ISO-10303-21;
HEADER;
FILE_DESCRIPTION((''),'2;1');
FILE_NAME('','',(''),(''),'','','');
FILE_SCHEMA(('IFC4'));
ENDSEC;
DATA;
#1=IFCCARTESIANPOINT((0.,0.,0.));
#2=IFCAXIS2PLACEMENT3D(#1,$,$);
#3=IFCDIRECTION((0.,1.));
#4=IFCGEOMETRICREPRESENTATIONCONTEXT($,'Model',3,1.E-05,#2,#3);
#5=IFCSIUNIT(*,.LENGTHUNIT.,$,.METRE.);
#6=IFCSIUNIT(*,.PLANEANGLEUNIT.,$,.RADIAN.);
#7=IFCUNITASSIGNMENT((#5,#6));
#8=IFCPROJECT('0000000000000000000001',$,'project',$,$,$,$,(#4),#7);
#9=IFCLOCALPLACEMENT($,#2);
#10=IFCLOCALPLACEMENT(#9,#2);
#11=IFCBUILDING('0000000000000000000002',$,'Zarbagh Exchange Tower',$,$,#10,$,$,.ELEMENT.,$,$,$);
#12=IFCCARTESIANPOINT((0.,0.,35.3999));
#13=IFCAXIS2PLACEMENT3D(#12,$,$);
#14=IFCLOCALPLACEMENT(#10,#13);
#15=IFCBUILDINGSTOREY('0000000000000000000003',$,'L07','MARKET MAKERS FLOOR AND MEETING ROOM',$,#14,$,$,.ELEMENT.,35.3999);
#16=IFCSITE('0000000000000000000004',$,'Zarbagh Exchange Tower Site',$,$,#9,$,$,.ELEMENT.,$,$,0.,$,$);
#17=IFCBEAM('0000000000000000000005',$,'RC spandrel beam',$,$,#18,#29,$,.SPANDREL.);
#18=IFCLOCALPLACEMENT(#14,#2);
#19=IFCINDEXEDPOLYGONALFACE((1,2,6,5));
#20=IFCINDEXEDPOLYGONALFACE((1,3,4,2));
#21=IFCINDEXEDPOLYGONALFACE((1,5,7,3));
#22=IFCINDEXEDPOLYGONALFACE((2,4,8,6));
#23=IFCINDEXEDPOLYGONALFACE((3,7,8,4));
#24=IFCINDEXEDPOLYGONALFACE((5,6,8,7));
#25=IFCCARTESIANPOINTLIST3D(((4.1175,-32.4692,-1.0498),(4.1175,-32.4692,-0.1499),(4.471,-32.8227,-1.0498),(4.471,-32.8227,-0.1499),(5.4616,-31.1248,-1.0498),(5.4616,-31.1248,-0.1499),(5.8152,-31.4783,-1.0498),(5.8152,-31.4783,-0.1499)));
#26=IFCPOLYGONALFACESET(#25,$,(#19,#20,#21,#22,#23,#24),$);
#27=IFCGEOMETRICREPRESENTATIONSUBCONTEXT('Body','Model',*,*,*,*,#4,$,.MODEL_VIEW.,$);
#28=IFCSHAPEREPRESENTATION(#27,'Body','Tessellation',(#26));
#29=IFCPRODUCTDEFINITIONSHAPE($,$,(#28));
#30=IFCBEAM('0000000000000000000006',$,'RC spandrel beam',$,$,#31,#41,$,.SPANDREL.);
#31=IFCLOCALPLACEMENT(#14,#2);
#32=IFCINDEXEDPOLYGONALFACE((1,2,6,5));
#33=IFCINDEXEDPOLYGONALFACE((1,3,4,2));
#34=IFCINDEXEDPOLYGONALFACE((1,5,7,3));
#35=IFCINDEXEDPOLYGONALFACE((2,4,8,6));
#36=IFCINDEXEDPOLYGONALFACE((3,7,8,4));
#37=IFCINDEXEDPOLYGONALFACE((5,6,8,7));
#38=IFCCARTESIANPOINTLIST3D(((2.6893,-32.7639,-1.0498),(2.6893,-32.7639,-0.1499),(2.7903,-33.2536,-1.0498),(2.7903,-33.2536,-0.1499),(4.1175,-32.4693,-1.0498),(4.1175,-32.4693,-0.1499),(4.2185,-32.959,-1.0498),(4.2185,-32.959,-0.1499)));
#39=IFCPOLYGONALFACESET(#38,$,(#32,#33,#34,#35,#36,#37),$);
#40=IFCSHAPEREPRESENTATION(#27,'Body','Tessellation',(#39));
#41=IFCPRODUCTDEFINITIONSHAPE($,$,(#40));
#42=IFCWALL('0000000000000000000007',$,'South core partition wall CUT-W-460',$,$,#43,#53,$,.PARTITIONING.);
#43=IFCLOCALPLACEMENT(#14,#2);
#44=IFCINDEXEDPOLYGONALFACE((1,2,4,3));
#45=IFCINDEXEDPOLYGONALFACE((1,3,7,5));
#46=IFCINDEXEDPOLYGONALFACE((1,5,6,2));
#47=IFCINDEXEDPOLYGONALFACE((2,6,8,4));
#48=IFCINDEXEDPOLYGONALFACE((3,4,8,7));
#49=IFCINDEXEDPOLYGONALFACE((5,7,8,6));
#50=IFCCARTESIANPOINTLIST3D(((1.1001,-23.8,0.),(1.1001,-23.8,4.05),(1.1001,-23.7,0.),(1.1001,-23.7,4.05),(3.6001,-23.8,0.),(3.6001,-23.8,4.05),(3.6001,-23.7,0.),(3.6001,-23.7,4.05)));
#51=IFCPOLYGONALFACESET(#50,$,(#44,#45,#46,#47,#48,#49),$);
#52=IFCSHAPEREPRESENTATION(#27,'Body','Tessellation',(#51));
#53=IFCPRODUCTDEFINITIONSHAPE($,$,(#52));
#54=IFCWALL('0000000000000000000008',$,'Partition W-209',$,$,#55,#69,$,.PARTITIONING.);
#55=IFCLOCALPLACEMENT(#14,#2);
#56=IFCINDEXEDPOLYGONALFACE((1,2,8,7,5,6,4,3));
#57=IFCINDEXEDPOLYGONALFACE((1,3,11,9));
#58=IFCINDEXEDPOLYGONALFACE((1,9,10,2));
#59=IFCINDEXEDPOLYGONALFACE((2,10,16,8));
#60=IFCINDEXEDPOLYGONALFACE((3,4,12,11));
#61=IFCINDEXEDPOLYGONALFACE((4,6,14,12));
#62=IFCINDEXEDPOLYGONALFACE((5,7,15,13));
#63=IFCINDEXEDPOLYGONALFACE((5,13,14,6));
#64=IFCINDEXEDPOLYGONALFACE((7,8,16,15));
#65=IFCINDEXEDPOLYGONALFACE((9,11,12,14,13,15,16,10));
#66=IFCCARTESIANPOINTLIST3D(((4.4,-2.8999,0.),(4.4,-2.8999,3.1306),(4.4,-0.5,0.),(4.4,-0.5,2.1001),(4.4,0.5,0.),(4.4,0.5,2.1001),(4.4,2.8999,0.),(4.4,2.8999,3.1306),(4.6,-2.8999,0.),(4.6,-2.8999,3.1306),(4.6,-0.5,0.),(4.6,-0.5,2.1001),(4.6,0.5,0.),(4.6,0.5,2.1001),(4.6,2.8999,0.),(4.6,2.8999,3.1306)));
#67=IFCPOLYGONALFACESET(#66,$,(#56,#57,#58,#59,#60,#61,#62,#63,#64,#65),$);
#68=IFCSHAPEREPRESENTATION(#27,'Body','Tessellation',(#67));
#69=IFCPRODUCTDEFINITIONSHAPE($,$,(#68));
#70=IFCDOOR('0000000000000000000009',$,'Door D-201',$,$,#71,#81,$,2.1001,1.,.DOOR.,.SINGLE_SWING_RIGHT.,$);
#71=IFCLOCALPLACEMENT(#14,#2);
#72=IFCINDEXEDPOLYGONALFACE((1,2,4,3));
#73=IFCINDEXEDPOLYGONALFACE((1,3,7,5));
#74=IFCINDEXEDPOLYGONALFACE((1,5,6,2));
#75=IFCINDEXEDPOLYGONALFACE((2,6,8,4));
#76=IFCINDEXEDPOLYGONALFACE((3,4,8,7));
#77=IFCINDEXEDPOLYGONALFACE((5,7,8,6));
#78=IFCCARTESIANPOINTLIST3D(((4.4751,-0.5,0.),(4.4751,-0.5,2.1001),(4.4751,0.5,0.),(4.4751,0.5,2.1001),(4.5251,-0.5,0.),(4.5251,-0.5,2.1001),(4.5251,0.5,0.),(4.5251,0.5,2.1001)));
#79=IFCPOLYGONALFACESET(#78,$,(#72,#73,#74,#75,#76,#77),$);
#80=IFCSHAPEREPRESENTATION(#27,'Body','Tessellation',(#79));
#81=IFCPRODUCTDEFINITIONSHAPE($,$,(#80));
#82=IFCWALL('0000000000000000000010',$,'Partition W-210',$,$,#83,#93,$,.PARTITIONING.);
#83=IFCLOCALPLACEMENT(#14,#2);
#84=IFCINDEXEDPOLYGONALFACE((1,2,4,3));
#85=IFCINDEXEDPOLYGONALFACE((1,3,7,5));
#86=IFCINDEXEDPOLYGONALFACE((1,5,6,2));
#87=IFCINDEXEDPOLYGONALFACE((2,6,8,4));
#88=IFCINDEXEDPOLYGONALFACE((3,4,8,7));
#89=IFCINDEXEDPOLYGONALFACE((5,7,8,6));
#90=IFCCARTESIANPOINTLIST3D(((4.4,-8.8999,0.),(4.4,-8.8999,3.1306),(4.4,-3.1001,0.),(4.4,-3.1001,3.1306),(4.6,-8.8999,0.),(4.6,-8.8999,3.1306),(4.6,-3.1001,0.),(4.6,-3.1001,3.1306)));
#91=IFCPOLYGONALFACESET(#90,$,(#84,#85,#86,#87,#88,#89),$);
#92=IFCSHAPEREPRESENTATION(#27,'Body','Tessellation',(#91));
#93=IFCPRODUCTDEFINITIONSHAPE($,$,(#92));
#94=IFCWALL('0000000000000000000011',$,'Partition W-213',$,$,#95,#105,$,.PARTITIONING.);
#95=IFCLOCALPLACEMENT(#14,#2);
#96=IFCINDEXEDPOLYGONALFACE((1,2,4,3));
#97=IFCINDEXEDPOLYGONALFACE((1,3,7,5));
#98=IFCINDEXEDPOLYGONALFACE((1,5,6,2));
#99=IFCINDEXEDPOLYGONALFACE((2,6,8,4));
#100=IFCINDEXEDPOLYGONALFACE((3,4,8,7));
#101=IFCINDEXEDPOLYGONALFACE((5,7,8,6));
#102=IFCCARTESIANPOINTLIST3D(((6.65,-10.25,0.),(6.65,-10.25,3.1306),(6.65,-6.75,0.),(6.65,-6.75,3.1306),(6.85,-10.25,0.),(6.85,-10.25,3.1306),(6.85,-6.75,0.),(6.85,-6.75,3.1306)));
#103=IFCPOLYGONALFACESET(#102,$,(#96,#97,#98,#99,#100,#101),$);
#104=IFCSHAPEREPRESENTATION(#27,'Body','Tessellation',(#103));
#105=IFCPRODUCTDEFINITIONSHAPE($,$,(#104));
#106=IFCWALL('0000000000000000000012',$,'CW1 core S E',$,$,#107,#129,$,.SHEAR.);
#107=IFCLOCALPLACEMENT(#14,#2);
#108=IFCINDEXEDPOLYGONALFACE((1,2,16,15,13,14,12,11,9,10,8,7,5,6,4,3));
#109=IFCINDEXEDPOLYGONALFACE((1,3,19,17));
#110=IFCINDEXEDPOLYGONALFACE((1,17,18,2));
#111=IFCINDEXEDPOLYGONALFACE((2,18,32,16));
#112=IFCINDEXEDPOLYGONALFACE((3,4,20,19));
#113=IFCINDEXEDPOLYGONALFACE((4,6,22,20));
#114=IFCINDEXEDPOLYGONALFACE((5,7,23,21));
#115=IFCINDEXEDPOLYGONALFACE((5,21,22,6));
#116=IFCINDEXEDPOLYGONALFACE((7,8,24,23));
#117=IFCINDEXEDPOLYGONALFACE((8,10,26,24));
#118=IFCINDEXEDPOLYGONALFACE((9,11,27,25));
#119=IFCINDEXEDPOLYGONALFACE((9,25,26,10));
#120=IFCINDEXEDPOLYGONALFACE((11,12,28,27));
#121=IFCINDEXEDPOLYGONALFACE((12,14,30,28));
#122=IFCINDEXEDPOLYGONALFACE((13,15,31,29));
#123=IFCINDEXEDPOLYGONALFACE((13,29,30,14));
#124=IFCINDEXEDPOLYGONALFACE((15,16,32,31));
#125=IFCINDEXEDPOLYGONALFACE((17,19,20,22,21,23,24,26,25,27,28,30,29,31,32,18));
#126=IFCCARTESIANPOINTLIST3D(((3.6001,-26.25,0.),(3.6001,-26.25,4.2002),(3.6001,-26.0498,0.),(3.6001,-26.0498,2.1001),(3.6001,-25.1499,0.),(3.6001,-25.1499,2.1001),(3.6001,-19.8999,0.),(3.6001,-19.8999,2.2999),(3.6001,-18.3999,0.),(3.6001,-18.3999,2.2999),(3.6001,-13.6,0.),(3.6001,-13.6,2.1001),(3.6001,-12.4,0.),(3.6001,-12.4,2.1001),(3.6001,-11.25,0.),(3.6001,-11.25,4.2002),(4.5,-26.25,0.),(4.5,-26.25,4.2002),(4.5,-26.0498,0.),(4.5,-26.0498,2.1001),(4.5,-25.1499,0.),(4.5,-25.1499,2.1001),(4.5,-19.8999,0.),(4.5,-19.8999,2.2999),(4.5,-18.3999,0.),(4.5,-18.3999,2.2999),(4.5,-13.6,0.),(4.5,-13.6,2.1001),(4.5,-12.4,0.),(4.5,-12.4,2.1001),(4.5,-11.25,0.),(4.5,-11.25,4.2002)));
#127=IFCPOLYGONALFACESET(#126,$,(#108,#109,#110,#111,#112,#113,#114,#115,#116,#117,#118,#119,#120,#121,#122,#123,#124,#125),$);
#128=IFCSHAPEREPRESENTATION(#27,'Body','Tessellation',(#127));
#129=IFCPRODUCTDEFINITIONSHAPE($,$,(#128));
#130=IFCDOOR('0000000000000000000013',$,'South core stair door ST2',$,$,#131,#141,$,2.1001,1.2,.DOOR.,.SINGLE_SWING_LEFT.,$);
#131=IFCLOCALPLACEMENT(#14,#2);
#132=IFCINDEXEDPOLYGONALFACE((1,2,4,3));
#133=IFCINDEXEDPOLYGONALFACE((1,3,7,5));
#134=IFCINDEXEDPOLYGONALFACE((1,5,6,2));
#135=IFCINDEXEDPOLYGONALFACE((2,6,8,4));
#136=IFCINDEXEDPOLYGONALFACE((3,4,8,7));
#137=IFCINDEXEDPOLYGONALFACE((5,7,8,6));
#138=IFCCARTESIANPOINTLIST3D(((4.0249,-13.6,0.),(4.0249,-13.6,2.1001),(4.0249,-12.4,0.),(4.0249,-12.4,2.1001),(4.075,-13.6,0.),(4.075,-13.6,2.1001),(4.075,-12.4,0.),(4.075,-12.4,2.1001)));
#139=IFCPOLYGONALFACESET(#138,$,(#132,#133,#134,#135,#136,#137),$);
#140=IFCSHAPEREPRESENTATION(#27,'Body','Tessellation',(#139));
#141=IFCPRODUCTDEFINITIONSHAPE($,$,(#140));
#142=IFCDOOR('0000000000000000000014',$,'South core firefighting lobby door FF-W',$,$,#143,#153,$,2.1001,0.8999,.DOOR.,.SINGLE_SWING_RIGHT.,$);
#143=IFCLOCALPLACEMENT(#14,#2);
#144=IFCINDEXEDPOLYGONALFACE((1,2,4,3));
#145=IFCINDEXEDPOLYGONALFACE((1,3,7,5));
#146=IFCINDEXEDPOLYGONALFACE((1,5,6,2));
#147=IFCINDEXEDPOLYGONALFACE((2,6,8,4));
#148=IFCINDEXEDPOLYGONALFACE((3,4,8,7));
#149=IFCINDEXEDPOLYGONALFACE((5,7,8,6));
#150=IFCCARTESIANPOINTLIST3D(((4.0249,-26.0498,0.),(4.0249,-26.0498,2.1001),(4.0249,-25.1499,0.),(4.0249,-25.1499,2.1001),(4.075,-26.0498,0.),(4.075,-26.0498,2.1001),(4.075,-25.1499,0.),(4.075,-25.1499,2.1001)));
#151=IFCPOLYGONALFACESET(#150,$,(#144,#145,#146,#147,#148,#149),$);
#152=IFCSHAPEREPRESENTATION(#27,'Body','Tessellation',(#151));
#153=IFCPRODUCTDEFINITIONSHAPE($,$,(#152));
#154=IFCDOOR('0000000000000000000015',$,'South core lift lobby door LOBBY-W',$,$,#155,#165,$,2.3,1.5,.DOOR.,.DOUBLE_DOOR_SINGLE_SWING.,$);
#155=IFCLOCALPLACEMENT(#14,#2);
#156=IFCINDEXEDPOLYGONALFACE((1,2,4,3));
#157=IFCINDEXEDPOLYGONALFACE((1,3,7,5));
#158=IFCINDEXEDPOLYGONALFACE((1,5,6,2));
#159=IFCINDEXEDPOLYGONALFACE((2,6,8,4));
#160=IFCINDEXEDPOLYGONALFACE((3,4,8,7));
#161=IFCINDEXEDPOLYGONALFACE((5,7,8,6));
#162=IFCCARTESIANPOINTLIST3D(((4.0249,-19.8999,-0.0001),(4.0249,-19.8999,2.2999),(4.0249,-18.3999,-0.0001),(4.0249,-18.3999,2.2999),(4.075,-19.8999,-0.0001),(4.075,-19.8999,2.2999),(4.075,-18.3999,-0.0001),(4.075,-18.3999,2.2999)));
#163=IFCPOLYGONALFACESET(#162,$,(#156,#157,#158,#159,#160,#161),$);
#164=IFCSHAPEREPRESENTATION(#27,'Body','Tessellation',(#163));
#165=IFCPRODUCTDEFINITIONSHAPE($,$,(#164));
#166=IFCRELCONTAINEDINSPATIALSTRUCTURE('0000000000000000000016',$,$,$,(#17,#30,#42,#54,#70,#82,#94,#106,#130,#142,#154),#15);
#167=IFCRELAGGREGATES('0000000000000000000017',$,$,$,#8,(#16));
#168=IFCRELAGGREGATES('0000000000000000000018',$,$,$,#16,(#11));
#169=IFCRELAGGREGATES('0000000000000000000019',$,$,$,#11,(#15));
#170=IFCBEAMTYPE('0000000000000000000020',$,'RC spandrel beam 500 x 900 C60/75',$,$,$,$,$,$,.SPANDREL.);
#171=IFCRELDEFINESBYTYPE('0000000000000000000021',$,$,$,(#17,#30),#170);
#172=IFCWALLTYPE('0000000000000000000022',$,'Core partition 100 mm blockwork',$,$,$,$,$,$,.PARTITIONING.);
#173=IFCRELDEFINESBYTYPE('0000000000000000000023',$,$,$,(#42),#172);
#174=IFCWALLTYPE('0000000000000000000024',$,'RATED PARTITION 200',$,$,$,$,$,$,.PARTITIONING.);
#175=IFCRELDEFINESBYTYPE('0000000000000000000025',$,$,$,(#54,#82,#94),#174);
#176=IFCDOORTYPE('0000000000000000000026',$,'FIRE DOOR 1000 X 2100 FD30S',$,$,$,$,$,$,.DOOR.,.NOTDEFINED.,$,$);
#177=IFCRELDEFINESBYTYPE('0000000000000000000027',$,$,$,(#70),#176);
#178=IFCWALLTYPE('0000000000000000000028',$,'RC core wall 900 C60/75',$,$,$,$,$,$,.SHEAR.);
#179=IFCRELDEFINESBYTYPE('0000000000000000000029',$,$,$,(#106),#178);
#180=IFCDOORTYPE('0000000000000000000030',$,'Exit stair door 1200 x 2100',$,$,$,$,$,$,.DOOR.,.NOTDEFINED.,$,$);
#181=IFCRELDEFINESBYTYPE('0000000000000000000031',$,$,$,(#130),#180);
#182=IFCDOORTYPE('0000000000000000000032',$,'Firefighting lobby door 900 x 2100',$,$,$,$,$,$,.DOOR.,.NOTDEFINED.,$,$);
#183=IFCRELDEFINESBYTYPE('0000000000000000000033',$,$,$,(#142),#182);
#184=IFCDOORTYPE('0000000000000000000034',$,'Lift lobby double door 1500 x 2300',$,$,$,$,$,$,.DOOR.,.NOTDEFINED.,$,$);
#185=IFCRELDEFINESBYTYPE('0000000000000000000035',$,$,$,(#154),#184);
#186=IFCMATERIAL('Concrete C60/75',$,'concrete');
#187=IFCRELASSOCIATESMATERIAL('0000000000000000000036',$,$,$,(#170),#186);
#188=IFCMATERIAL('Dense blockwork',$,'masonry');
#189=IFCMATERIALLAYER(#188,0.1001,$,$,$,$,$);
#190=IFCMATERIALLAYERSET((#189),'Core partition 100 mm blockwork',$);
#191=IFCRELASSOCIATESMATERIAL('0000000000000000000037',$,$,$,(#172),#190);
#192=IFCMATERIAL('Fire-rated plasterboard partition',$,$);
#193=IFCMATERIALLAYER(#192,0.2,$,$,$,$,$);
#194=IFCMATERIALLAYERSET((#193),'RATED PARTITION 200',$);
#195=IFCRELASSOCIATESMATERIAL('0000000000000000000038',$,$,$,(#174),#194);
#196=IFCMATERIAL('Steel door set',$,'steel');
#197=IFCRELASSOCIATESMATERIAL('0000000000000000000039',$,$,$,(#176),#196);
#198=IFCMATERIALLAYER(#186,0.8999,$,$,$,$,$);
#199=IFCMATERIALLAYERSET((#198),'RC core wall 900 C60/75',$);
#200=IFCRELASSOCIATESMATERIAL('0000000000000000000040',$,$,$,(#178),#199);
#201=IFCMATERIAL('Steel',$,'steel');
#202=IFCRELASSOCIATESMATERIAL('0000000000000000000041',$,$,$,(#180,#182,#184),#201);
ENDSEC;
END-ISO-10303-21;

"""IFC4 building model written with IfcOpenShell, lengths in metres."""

from ifc_helpers import new_model, si_unit, direction, frame, frame_2d, origin, origin_2d, place, context, subcontext, project, spatial, rectangle, extrude, material, layer, layer_set, material_profile, profile_set, type_object, element, fill, save


model = new_model("IFC4")

# Units and contexts
model_context = context("Model", 3, precision=1e-05, world=origin(), true_north=direction((0.0, 1.0)))
body_context = subcontext(model_context, "Body", "Model", "MODEL_VIEW")
ifc_project = project(units=[si_unit("LENGTHUNIT", "METRE"), si_unit("PLANEANGLEUNIT", "RADIAN")], contexts=[model_context])

# Site, building, storey
site_placement = place(None, origin())
site = spatial("IfcSite", under=ifc_project, at=site_placement, Name="Zarbagh Exchange Tower Site", CompositionType="ELEMENT", RefElevation=0.0)
building_placement = place(site_placement, origin())
building = spatial("IfcBuilding", under=site, at=building_placement, Name="Zarbagh Exchange Tower", CompositionType="ELEMENT")
storey_placement = place(building_placement, frame((0.0, 0.0, 35.3999)))
storey = spatial("IfcBuildingStorey", under=building, at=storey_placement, Name="L07", Description="MARKET MAKERS FLOOR AND MEETING ROOM", CompositionType="ELEMENT", Elevation=35.3999)

# Shared definitions
ifc_material_1 = material(Name="Concrete C60/75", Category="concrete")

# Beams
ifc_material_profile_1 = material_profile(ifc_material_1, rectangle(XDim=0.5, YDim=0.8999, at=origin_2d()), Name="RC spandrel beam 500 x 900 C60/75")
ifc_profile_set_1 = profile_set([ifc_material_profile_1], Name="Concrete C60/75")
beam_type_1 = type_object("IfcBeamType", Name="RC spandrel beam 500 x 900 C60/75", PredefinedType="SPANDREL", material=ifc_profile_set_1)
beam_1_placement = place(storey_placement, frame((5.6384, -31.3015, -0.5999), z_axis=(-0.707043, -0.707171, 0.0), x_axis=(0.707171, -0.707043, 0.0)))
element("IfcBeam", 1, at=beam_1_placement, inside=storey, type_object=beam_type_1, Name="RC spandrel beam", PredefinedType="SPANDREL", context=body_context, shape_type="SweptSolid", body=[
    extrude(rectangle(XDim=0.5, YDim=0.8999, at=origin_2d()), origin(), (0.0, 0.0, 1.0), 1.9011),
])
beam_2_placement = place(storey_placement, frame((4.168, -32.7141, -0.5999), z_axis=(-0.979371, -0.202069, 0.0), x_axis=(0.202069, -0.979371, 0.0)))
element("IfcBeam", 2, at=beam_2_placement, inside=storey, type_object=beam_type_1, Name="RC spandrel beam", PredefinedType="SPANDREL", context=body_context, shape_type="SweptSolid", body=[
    extrude(rectangle(XDim=0.5, YDim=0.8999, at=origin_2d()), origin(), (0.0, 0.0, 1.0), 1.4583),
])

# Wall
ifc_material_2 = material(Name="Dense blockwork", Category="masonry")
ifc_layer_1 = layer(ifc_material_2, 0.1001)
ifc_layer_set_1 = layer_set([ifc_layer_1], Name="Core partition 100 mm blockwork")
wall_type_1 = type_object("IfcWallType", Name="Core partition 100 mm blockwork", PredefinedType="PARTITIONING", material=ifc_layer_set_1)
wall_1_placement = place(storey_placement, frame((3.6001, -23.75, 0.0), z_axis=(0.0, 0.0, 1.0), x_axis=(-1.0, 0.0, 0.0)))
element("IfcWall", 3, at=wall_1_placement, inside=storey, type_object=wall_type_1, Name="South core partition wall CUT-W-460", PredefinedType="PARTITIONING", context=body_context, shape_type="SweptSolid", body=[
    extrude(rectangle(XDim=2.5, YDim=0.1001, at=frame_2d((1.25, 0.0))), origin(), (0.0, 0.0, 1.0), 4.05),
])

# Wall, opening, door
ifc_material_3 = material(Name="Fire-rated plasterboard partition")
ifc_layer_2 = layer(ifc_material_3, 0.2)
ifc_layer_set_2 = layer_set([ifc_layer_2], Name="RATED PARTITION 200")
wall_type_2 = type_object("IfcWallType", Name="RATED PARTITION 200", PredefinedType="PARTITIONING", material=ifc_layer_set_2)
wall_2_placement = place(storey_placement, frame((4.5, -2.8999, 0.0), z_axis=(0.0, 0.0, 1.0), x_axis=(0.0, 1.0, 0.0)))
wall_2 = element("IfcWall", 4, at=wall_2_placement, inside=storey, type_object=wall_type_2, Name="Partition W-209", PredefinedType="PARTITIONING", context=body_context, shape_type="SweptSolid", body=[
    extrude(rectangle(XDim=5.7998, YDim=0.2, at=frame_2d((2.8999, 0.0))), origin(), (0.0, 0.0, 1.0), 3.1306),
])
opening_1_placement = place(wall_2_placement, frame((2.3999, 0.0, 0.0)))
opening_1 = element("IfcOpeningElement", 5, at=opening_1_placement, cuts=wall_2, PredefinedType="OPENING", context=body_context, shape_type="SweptSolid", body=[
    extrude(rectangle(XDim=1.0, YDim=2.1001, at=frame_2d((0.5, 1.05))), frame((0.0, 0.1099, 0.0), z_axis=(0.0, -1.0, 0.0), x_axis=(1.0, 0.0, 0.0)), (0.0, 0.0, 1.0), 0.22),
])
ifc_material_4 = material(Name="Steel door set", Category="steel")
door_type_1 = type_object("IfcDoorType", Name="FIRE DOOR 1000 X 2100 FD30S", OperationType="NOTDEFINED", PredefinedType="DOOR", material=ifc_material_4)
door_1_placement = place(opening_1_placement, origin())
door_1 = element("IfcDoor", 6, at=door_1_placement, inside=storey, type_object=door_type_1, Name="Door D-201", OperationType="SINGLE_SWING_RIGHT", OverallHeight=2.1001, OverallWidth=1.0, PredefinedType="DOOR", context=body_context, shape_type="SweptSolid", body=[
    extrude(rectangle(XDim=1.0, YDim=2.1001, at=frame_2d((0.5, 1.05))), frame((0.0, 0.0249, 0.0), z_axis=(0.0, -1.0, 0.0), x_axis=(1.0, 0.0, 0.0)), (0.0, 0.0, 1.0), 0.05),
])
fill(opening_1, door_1)

# Walls
wall_3_placement = place(storey_placement, frame((4.5, -8.8999, 0.0), z_axis=(0.0, 0.0, 1.0), x_axis=(0.0, 1.0, 0.0)))
element("IfcWall", 7, at=wall_3_placement, inside=storey, type_object=wall_type_2, Name="Partition W-210", PredefinedType="PARTITIONING", context=body_context, shape_type="SweptSolid", body=[
    extrude(rectangle(XDim=5.7998, YDim=0.2, at=frame_2d((2.8999, 0.0))), origin(), (0.0, 0.0, 1.0), 3.1306),
])
wall_4_placement = place(storey_placement, frame((6.75, -10.25, 0.0), z_axis=(0.0, 0.0, 1.0), x_axis=(0.0, 1.0, 0.0)))
element("IfcWall", 8, at=wall_4_placement, inside=storey, type_object=wall_type_2, Name="Partition W-213", PredefinedType="PARTITIONING", context=body_context, shape_type="SweptSolid", body=[
    extrude(rectangle(XDim=3.5, YDim=0.2, at=frame_2d((1.75, 0.0))), origin(), (0.0, 0.0, 1.0), 3.1306),
])

# Wall, openings, doors
ifc_layer_3 = layer(ifc_material_1, 0.8999)
ifc_layer_set_3 = layer_set([ifc_layer_3], Name="RC core wall 900 C60/75")
wall_type_3 = type_object("IfcWallType", Name="RC core wall 900 C60/75", PredefinedType="SHEAR", material=ifc_layer_set_3)
wall_5_placement = place(storey_placement, frame((4.05, -11.25, 0.0), z_axis=(0.0, 0.0, 1.0), x_axis=(0.0, -1.0, 0.0)))
wall_5 = element("IfcWall", 9, at=wall_5_placement, inside=storey, type_object=wall_type_3, Name="CW1 core S E", PredefinedType="SHEAR", context=body_context, shape_type="SweptSolid", body=[
    extrude(rectangle(XDim=15.0, YDim=0.8999, at=frame_2d((7.5, 0.0))), origin(), (0.0, 0.0, 1.0), 4.2002),
])
opening_2_placement = place(wall_5_placement, frame((7.1499, 0.0, 0.0)))
opening_2 = element("IfcOpeningElement", 10, at=opening_2_placement, cuts=wall_5, PredefinedType="OPENING", context=body_context, shape_type="SweptSolid", body=[
    extrude(rectangle(XDim=1.5, YDim=2.3, at=frame_2d((0.75, 1.1499))), frame((0.0, 0.46, 0.0), z_axis=(0.0, -1.0, 0.0), x_axis=(1.0, 0.0, 0.0)), (0.0, 0.0, 1.0), 0.9199),
])
opening_3_placement = place(wall_5_placement, frame((13.8999, 0.0, 0.0)))
opening_3 = element("IfcOpeningElement", 11, at=opening_3_placement, cuts=wall_5, PredefinedType="OPENING", context=body_context, shape_type="SweptSolid", body=[
    extrude(rectangle(XDim=0.8999, YDim=2.1001, at=frame_2d((0.45, 1.05))), frame((0.0, 0.46, 0.0), z_axis=(0.0, -1.0, 0.0), x_axis=(1.0, 0.0, 0.0)), (0.0, 0.0, 1.0), 0.9199),
])
opening_4_placement = place(wall_5_placement, frame((1.1499, 0.0, 0.0)))
opening_4 = element("IfcOpeningElement", 12, at=opening_4_placement, cuts=wall_5, PredefinedType="OPENING", context=body_context, shape_type="SweptSolid", body=[
    extrude(rectangle(XDim=1.2, YDim=2.1001, at=frame_2d((0.6001, 1.05))), frame((0.0, 0.46, 0.0), z_axis=(0.0, -1.0, 0.0), x_axis=(1.0, 0.0, 0.0)), (0.0, 0.0, 1.0), 0.9199),
])
ifc_material_5 = material(Name="Steel", Category="steel")
door_type_2 = type_object("IfcDoorType", Name="Exit stair door 1200 x 2100", OperationType="NOTDEFINED", PredefinedType="DOOR", material=ifc_material_5)
door_2_placement = place(opening_4_placement, origin())
door_2 = element("IfcDoor", 13, at=door_2_placement, inside=storey, type_object=door_type_2, Name="South core stair door ST2", OperationType="SINGLE_SWING_LEFT", OverallHeight=2.1001, OverallWidth=1.2, PredefinedType="DOOR", context=body_context, shape_type="SweptSolid", body=[
    extrude(rectangle(XDim=1.2, YDim=2.1001, at=frame_2d((0.6001, 1.05))), frame((0.0, 0.0249, 0.0), z_axis=(0.0, -1.0, 0.0), x_axis=(1.0, 0.0, 0.0)), (0.0, 0.0, 1.0), 0.05),
])
fill(opening_4, door_2)
door_type_3 = type_object("IfcDoorType", Name="Firefighting lobby door 900 x 2100", OperationType="NOTDEFINED", PredefinedType="DOOR", material=ifc_material_5)
door_3_placement = place(opening_3_placement, origin())
door_3 = element("IfcDoor", 14, at=door_3_placement, inside=storey, type_object=door_type_3, Name="South core firefighting lobby door FF-W", OperationType="SINGLE_SWING_RIGHT", OverallHeight=2.1001, OverallWidth=0.8999, PredefinedType="DOOR", context=body_context, shape_type="SweptSolid", body=[
    extrude(rectangle(XDim=0.8999, YDim=2.1001, at=frame_2d((0.45, 1.05))), frame((0.0, 0.0249, 0.0), z_axis=(0.0, -1.0, 0.0), x_axis=(1.0, 0.0, 0.0)), (0.0, 0.0, 1.0), 0.05),
])
fill(opening_3, door_3)
door_type_4 = type_object("IfcDoorType", Name="Lift lobby double door 1500 x 2300", OperationType="NOTDEFINED", PredefinedType="DOOR", material=ifc_material_5)
door_4_placement = place(opening_2_placement, origin())
door_4 = element("IfcDoor", 15, at=door_4_placement, inside=storey, type_object=door_type_4, Name="South core lift lobby door LOBBY-W", OperationType="DOUBLE_DOOR_SINGLE_SWING", OverallHeight=2.3, OverallWidth=1.5, PredefinedType="DOOR", context=body_context, shape_type="SweptSolid", body=[
    extrude(rectangle(XDim=1.5, YDim=2.3, at=frame_2d((0.75, 1.1499))), frame((0.0, 0.0249, 0.0), z_axis=(0.0, -1.0, 0.0), x_axis=(1.0, 0.0, 0.0)), (0.0, 0.0, 1.0), 0.05),
])
fill(opening_2, door_4)

save(model, "model.ifc")
